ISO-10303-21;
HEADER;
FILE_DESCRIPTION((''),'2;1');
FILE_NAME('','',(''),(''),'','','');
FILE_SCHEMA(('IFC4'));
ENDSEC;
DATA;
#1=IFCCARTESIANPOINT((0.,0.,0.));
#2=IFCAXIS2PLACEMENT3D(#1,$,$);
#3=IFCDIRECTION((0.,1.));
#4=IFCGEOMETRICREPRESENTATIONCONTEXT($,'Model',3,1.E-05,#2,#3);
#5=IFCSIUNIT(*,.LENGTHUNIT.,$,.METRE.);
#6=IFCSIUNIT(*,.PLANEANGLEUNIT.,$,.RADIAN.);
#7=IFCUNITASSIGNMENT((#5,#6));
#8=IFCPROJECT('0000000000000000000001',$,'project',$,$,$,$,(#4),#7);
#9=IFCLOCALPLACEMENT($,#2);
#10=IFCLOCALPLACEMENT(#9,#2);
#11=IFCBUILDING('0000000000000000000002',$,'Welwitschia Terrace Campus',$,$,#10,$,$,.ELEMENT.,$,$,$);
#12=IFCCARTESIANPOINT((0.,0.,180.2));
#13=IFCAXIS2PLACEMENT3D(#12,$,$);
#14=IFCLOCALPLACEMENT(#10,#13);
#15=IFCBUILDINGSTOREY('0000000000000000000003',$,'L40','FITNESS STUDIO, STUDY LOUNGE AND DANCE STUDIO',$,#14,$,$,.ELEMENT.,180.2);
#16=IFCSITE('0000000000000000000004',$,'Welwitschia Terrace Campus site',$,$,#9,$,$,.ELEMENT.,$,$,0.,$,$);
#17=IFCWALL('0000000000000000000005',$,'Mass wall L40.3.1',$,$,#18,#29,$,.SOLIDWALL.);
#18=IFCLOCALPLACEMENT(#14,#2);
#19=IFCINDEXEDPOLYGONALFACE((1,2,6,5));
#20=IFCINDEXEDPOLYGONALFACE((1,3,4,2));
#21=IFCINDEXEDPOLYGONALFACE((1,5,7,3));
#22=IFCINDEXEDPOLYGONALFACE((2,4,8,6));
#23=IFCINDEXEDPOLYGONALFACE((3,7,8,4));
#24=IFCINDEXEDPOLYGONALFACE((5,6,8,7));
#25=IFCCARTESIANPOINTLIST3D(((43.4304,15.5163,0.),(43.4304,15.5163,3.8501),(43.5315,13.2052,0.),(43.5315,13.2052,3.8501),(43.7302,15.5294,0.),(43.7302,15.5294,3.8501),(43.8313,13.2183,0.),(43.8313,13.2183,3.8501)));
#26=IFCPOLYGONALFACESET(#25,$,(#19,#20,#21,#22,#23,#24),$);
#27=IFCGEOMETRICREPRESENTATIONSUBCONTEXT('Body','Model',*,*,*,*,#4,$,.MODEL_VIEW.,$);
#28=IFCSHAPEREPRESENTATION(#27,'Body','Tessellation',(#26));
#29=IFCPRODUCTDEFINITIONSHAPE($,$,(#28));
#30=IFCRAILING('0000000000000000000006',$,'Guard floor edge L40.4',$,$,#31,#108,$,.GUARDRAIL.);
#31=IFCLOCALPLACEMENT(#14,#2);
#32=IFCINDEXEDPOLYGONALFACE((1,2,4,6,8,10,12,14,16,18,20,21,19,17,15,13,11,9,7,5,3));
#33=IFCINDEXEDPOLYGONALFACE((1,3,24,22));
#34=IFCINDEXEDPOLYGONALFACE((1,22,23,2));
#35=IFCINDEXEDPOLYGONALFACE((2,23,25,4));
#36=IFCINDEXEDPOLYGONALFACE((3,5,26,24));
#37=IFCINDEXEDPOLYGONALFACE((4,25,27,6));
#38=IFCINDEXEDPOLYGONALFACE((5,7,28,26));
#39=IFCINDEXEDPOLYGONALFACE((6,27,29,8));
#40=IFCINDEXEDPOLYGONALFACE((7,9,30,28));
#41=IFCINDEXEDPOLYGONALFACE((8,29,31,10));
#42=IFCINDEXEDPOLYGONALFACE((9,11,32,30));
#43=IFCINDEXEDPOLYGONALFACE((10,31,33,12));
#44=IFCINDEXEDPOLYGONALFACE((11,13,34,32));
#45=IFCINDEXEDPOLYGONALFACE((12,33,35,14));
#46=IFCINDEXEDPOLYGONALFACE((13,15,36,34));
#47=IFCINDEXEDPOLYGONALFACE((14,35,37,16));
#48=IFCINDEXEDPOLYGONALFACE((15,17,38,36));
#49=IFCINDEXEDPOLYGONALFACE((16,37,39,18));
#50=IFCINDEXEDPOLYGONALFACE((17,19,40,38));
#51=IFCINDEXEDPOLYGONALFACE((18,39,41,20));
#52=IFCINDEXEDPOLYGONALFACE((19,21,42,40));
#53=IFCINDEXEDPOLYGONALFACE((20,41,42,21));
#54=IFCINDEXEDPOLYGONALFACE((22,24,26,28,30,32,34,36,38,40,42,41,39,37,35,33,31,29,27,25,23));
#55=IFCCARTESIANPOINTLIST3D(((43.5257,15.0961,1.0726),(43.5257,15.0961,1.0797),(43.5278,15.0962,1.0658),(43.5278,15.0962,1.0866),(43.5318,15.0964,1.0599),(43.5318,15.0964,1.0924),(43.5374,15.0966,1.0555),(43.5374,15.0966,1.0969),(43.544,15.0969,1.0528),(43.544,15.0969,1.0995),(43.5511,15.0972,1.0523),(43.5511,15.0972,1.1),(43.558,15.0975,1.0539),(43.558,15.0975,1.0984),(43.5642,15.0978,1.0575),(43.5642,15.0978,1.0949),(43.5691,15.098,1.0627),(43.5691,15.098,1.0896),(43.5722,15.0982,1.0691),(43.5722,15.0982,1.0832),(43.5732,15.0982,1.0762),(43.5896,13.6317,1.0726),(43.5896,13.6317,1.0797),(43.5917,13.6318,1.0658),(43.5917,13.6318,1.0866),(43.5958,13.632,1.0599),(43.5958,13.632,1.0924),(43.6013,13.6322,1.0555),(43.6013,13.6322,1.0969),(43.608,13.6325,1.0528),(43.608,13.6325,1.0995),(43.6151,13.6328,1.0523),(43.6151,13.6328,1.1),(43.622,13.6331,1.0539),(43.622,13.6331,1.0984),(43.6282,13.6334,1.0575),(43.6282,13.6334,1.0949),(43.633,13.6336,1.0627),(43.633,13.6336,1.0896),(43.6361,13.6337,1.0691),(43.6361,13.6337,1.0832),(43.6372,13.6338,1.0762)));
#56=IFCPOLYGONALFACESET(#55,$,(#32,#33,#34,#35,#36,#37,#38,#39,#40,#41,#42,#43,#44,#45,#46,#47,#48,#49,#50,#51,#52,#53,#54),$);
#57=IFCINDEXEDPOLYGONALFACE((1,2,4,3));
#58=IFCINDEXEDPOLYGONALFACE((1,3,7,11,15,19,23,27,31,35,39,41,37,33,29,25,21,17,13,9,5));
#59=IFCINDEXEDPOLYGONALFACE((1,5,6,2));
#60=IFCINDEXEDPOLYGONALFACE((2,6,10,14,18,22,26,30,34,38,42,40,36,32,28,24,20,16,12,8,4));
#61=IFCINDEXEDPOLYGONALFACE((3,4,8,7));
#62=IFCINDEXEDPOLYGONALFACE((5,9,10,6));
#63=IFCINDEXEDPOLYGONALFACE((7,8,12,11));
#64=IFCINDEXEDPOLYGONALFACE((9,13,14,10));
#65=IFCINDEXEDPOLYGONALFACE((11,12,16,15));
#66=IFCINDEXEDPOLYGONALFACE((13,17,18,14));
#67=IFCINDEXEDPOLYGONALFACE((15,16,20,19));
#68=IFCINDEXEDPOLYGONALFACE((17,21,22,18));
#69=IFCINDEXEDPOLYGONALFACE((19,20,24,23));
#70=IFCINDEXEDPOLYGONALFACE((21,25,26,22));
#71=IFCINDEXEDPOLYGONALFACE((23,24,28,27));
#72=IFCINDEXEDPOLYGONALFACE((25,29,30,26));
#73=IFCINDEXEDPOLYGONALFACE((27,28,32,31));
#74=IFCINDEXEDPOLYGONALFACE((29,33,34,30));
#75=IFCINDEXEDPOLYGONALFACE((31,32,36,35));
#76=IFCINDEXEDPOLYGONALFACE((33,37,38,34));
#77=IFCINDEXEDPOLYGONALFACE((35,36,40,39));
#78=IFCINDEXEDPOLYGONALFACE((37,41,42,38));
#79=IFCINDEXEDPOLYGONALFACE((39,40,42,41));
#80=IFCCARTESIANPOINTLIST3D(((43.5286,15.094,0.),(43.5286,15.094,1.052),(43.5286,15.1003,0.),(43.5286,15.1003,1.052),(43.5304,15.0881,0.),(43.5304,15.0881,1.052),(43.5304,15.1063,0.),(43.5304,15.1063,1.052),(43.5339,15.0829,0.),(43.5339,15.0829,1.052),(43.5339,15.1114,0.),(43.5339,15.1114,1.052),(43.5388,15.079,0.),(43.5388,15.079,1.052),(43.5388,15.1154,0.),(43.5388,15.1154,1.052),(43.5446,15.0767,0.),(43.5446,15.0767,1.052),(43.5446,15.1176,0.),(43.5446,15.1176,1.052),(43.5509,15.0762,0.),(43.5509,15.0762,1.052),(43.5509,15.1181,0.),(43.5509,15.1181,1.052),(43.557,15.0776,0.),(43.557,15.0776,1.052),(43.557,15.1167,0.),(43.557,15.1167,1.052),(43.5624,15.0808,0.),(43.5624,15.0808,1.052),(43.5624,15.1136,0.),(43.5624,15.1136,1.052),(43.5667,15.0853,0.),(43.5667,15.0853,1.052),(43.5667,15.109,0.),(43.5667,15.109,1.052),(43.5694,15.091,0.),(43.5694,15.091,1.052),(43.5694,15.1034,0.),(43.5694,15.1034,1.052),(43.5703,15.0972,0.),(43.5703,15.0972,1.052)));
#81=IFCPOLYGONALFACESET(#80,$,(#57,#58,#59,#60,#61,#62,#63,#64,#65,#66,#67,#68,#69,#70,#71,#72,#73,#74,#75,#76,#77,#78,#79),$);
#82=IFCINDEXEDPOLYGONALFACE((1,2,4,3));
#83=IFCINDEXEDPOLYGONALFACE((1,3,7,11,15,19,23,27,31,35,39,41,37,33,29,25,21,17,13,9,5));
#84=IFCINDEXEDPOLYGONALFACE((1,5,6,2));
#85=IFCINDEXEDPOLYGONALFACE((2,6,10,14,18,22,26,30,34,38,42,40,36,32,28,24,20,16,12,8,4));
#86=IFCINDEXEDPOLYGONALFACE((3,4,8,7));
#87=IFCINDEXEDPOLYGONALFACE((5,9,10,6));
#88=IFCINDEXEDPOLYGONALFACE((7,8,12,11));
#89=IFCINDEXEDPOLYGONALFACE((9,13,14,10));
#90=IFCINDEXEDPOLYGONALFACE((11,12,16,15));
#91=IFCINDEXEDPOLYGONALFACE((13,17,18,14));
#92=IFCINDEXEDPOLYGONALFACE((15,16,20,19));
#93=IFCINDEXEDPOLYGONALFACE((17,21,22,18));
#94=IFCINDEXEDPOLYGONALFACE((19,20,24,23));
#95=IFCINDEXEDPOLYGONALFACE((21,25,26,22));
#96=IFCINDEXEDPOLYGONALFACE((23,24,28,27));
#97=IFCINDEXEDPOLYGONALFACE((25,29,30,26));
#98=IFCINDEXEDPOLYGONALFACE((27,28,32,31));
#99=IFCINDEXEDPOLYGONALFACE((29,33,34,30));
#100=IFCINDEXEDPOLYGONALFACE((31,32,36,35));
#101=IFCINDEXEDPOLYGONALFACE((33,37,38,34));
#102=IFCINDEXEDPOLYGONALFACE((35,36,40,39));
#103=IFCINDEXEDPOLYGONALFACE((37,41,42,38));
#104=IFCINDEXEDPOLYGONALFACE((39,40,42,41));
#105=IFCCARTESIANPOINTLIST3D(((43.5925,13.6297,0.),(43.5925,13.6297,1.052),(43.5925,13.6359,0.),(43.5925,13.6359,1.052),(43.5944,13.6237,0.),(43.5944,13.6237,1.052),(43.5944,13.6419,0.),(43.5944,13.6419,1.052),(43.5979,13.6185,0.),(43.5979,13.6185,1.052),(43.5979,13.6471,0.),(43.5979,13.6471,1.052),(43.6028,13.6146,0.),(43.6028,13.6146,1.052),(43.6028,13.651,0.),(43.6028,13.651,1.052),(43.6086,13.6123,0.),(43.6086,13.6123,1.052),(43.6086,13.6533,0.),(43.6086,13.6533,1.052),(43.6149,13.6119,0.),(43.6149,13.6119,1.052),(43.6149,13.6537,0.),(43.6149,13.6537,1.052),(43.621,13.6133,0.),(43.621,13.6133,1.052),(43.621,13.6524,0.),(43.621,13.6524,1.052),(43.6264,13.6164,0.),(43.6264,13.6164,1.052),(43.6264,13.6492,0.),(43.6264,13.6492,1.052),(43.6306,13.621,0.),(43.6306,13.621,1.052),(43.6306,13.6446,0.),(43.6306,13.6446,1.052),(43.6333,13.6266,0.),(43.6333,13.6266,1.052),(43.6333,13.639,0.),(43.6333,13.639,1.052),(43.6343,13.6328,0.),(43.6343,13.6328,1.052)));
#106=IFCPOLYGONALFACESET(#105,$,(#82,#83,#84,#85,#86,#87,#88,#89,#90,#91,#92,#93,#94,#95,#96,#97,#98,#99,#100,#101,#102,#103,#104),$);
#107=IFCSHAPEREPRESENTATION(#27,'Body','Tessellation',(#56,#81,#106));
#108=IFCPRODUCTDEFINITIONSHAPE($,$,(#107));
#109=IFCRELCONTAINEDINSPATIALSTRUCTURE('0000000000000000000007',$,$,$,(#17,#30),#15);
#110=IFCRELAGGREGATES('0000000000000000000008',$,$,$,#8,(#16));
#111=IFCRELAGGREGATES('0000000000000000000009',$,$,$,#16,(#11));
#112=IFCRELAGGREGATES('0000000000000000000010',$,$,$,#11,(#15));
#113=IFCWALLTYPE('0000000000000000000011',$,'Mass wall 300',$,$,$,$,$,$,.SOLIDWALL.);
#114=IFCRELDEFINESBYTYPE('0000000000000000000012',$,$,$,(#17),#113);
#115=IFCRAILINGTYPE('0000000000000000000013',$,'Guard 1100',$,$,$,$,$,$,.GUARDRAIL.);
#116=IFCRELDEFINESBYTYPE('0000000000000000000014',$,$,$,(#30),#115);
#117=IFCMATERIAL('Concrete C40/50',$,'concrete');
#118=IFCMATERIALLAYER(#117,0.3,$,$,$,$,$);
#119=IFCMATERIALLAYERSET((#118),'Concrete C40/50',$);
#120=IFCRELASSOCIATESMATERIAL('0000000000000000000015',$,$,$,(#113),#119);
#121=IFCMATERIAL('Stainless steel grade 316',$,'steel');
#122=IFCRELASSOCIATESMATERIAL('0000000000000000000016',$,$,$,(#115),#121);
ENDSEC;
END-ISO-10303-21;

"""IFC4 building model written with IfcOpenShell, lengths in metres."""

from ifc_helpers import new_model, si_unit, direction, frame, frame_2d, origin, origin_2d, place, context, subcontext, project, spatial, rectangle, circle, extrude, material, layer, layer_set, type_object, element, save


model = new_model("IFC4")

# Units and contexts
model_context = context("Model", 3, precision=1e-05, world=origin(), true_north=direction((0.0, 1.0)))
body_context = subcontext(model_context, "Body", "Model", "MODEL_VIEW")
ifc_project = project(units=[si_unit("LENGTHUNIT", "METRE"), si_unit("PLANEANGLEUNIT", "RADIAN")], contexts=[model_context])

# Site, building, storey
site_placement = place(None, origin())
site = spatial("IfcSite", under=ifc_project, at=site_placement, Name="Welwitschia Terrace Campus site", CompositionType="ELEMENT", RefElevation=0.0)
building_placement = place(site_placement, origin())
building = spatial("IfcBuilding", under=site, at=building_placement, Name="Welwitschia Terrace Campus", CompositionType="ELEMENT")
storey_placement = place(building_placement, frame((0.0, 0.0, 180.2)))
storey = spatial("IfcBuildingStorey", under=building, at=storey_placement, Name="L40", Description="FITNESS STUDIO, STUDY LOUNGE AND DANCE STUDIO", CompositionType="ELEMENT", Elevation=180.2)

# Wall
ifc_material_1 = material(Name="Concrete C40/50", Category="concrete")
ifc_layer_1 = layer(ifc_material_1, 0.3)
ifc_layer_set_1 = layer_set([ifc_layer_1], Name="Concrete C40/50")
wall_type_1 = type_object("IfcWallType", Name="Mass wall 300", PredefinedType="SOLIDWALL", material=ifc_layer_set_1)
wall_1_placement = place(storey_placement, frame((43.6814, 13.2117, 0.0), z_axis=(0.0, 0.0, 1.0), x_axis=(-0.043694, 0.999045, 0.0)))
element("IfcWall", 1, at=wall_1_placement, inside=storey, type_object=wall_type_1, Name="Mass wall L40.3.1", PredefinedType="SOLIDWALL", context=body_context, shape_type="SweptSolid", body=[
    extrude(rectangle(XDim=2.3132, YDim=0.3, at=frame_2d((1.1567, 0.0))), origin(), (0.0, 0.0, 1.0), 3.8501),
])

# Railing
ifc_material_2 = material(Name="Stainless steel grade 316", Category="steel")
railing_type = type_object("IfcRailingType", Name="Guard 1100", PredefinedType="GUARDRAIL", material=ifc_material_2)
railing_1_placement = place(storey_placement, frame((43.5493, 15.0972, 0.0)))
element("IfcRailing", 2, at=railing_1_placement, inside=storey, type_object=railing_type, Name="Guard floor edge L40.4", PredefinedType="GUARDRAIL", context=body_context, shape_type="SweptSolid", body=[
    extrude(circle(Radius=0.0239, at=origin_2d()), frame((0.0, 0.0, 1.0762), z_axis=(0.04364, -0.999047, 0.0), x_axis=(0.999047, 0.04364, 0.0)), (0.0, 0.0, 1.0), 1.4658),
    extrude(circle(Radius=0.021, at=origin_2d()), origin(), (0.0, 0.0, 1.0), 1.052),
    extrude(circle(Radius=0.021, at=origin_2d()), frame((0.064, -1.4644, 0.0)), (0.0, 0.0, 1.0), 1.052),
])

save(model, "model.ifc")
